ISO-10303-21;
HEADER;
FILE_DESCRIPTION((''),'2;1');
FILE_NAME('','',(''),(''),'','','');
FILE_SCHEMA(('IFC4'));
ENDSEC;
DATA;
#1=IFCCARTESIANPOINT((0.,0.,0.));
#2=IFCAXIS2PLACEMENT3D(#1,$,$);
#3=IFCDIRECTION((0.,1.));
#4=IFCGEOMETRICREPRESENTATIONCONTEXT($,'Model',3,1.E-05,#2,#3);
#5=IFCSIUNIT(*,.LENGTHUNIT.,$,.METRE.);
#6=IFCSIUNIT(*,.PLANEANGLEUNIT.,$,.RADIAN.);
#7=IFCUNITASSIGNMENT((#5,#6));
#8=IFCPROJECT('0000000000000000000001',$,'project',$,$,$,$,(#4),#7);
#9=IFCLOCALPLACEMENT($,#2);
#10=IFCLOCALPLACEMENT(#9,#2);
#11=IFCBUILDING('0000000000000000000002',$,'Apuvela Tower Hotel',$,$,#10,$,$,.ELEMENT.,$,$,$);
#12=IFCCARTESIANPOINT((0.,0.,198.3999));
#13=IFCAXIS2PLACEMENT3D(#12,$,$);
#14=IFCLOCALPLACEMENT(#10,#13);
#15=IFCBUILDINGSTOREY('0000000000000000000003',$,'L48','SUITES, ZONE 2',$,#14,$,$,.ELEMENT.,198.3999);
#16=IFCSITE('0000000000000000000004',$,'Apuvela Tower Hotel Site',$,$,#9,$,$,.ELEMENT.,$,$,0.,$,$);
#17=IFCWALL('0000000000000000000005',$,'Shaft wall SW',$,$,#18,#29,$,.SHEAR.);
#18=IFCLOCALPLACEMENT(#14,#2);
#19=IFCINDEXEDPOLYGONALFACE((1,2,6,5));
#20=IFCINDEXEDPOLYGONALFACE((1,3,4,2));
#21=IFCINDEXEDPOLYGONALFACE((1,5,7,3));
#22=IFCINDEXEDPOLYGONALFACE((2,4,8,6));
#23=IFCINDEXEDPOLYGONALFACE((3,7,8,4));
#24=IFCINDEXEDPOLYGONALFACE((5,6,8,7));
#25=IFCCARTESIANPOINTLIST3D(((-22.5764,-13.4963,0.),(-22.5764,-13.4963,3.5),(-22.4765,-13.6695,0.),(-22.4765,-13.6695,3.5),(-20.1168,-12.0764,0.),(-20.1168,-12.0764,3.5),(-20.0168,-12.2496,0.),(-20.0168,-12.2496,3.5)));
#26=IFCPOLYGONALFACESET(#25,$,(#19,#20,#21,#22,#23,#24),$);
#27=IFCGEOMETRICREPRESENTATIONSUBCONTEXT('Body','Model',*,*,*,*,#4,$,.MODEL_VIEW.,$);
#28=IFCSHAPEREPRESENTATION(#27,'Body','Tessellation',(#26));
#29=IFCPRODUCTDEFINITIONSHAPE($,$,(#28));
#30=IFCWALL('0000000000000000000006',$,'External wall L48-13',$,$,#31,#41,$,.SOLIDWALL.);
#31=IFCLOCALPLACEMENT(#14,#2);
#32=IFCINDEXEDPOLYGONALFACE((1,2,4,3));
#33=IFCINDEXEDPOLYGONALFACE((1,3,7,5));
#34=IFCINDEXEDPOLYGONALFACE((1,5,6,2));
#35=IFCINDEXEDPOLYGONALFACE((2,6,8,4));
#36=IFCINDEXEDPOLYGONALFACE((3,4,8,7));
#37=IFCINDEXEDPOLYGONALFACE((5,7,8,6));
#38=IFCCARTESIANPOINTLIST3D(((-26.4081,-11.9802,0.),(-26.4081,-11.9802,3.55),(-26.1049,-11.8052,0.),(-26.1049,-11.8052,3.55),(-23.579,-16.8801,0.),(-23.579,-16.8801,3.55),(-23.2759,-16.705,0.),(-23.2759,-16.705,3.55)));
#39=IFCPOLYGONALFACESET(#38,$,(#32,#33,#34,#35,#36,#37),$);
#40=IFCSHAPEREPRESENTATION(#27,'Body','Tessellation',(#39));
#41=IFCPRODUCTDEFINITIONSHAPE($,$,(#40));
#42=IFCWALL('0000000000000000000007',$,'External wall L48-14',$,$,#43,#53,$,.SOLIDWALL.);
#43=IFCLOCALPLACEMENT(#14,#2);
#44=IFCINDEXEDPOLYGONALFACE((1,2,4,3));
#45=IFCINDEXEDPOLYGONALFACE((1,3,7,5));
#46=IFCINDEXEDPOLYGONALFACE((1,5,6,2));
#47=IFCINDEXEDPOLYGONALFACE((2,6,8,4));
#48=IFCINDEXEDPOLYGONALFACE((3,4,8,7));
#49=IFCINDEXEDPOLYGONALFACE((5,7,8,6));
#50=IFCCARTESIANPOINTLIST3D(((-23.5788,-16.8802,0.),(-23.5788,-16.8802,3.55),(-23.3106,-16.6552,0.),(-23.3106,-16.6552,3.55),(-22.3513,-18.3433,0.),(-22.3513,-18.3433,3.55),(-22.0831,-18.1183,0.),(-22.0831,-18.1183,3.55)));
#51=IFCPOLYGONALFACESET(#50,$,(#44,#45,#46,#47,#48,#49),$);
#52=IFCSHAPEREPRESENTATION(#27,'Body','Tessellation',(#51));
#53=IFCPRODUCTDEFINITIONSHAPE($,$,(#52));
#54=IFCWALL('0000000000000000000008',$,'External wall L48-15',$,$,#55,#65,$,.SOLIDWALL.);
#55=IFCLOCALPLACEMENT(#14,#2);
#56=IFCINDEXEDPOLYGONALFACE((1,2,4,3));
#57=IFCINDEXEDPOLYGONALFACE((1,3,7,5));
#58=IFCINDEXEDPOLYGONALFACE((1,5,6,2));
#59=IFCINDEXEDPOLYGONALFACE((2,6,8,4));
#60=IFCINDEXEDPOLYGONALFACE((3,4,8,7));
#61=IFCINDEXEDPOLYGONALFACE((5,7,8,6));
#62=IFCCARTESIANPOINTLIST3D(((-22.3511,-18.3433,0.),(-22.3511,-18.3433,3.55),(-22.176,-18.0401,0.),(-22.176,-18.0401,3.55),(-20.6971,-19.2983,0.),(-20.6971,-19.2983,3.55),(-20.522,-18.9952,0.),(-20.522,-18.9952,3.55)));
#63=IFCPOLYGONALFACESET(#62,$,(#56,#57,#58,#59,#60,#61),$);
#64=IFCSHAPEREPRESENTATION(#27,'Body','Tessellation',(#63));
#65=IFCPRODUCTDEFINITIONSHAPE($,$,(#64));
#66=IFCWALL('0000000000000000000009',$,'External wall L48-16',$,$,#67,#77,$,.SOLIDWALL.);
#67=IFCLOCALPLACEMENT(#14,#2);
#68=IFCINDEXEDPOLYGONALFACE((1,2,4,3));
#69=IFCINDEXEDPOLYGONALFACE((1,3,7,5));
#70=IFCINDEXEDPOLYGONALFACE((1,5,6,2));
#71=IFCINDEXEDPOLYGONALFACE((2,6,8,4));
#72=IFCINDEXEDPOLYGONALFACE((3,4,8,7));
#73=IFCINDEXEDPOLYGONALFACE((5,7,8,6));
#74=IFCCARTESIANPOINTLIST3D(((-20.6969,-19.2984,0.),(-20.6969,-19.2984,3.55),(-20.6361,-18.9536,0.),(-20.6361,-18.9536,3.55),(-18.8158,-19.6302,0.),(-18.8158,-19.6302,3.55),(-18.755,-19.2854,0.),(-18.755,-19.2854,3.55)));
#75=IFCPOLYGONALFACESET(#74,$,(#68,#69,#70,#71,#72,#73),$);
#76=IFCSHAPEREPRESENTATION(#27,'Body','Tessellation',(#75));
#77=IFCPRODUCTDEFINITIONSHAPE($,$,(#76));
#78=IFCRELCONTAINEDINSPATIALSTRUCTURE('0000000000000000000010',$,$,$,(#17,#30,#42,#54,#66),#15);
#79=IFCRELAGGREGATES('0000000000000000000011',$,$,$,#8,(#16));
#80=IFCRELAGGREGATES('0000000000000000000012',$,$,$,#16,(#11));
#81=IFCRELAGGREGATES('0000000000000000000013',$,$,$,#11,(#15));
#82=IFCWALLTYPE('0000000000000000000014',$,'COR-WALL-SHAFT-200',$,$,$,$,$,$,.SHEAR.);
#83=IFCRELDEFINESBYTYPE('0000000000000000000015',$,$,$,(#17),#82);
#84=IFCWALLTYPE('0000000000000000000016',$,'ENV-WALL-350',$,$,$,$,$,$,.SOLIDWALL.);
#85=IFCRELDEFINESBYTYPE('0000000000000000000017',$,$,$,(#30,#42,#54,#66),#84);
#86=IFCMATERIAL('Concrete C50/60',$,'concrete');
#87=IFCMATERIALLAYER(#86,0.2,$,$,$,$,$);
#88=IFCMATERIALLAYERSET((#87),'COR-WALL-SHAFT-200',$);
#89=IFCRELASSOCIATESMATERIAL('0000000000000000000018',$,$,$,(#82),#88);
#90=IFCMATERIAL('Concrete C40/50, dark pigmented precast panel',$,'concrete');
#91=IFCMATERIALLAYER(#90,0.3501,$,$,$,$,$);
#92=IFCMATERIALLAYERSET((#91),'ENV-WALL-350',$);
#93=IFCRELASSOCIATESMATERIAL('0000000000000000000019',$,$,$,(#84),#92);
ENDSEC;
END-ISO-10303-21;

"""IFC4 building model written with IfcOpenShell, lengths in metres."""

from ifc_helpers import new_model, si_unit, direction, frame, frame_2d, origin, place, context, subcontext, project, spatial, rectangle, extrude, material, layer, layer_set, type_object, element, save


model = new_model("IFC4")

# Units and contexts
model_context = context("Model", 3, precision=1e-05, world=origin(), true_north=direction((0.0, 1.0)))
body_context = subcontext(model_context, "Body", "Model", "MODEL_VIEW")
ifc_project = project(units=[si_unit("LENGTHUNIT", "METRE"), si_unit("PLANEANGLEUNIT", "RADIAN")], contexts=[model_context])

# Site, building, storey
site_placement = place(None, origin())
site = spatial("IfcSite", under=ifc_project, at=site_placement, Name="Apuvela Tower Hotel Site", CompositionType="ELEMENT", RefElevation=0.0)
building_placement = place(site_placement, origin())
building = spatial("IfcBuilding", under=site, at=building_placement, Name="Apuvela Tower Hotel", CompositionType="ELEMENT")
storey_placement = place(building_placement, frame((0.0, 0.0, 198.3999)))
storey = spatial("IfcBuildingStorey", under=building, at=storey_placement, Name="L48", Description="SUITES, ZONE 2", CompositionType="ELEMENT", Elevation=198.3999)

# Shared definitions
ifc_material_1 = material(Name="Concrete C50/60", Category="concrete")
ifc_layer_1 = layer(ifc_material_1, 0.2)
ifc_layer_set_1 = layer_set([ifc_layer_1], Name="COR-WALL-SHAFT-200")
wall_type_1 = type_object("IfcWallType", Name="COR-WALL-SHAFT-200", PredefinedType="SHEAR", material=ifc_layer_set_1)

# Walls
wall_1_placement = place(storey_placement, frame((-20.0669, -12.1631, 0.0), z_axis=(0.0, 0.0, 1.0), x_axis=(-0.866055, -0.499948, 0.0)))
element("IfcWall", 1, at=wall_1_placement, inside=storey, type_object=wall_type_1, Name="Shaft wall SW", PredefinedType="SHEAR", context=body_context, shape_type="SweptSolid", body=[
    extrude(rectangle(XDim=2.8401, YDim=0.2, at=frame_2d((1.4199, 0.0))), origin(), (0.0, 0.0, 1.0), 3.5),
])
ifc_material_2 = material(Name="Concrete C40/50, dark pigmented precast panel", Category="concrete")
ifc_layer_2 = layer(ifc_material_2, 0.3501)
ifc_layer_set_2 = layer_set([ifc_layer_2], Name="ENV-WALL-350")
wall_type_2 = type_object("IfcWallType", Name="ENV-WALL-350", PredefinedType="SOLIDWALL", material=ifc_layer_set_2)
wall_2_placement = place(storey_placement, frame((-26.2566, -11.8926, 0.0), z_axis=(0.0, 0.0, 1.0), x_axis=(0.500019, -0.866015, 0.0)))
element("IfcWall", 2, at=wall_2_placement, inside=storey, type_object=wall_type_2, Name="External wall L48-13", PredefinedType="SOLIDWALL", context=body_context, shape_type="SweptSolid", body=[
    extrude(rectangle(XDim=5.658, YDim=0.3501, at=frame_2d((2.8291, 0.0))), origin(), (0.0, 0.0, 1.0), 3.55),
])
for number, where, z_axis, x_axis, name in (
    (3, (-23.4448, -16.7676, 0.0), (0.0, 0.0, 1.0), (0.642733, -0.76609, 0.0), "External wall L48-14"),
    (4, (-22.2637, -18.1917, 0.0), (0.0, 0.0, 1.0), (0.866, -0.500043, 0.0), "External wall L48-15"),
):
    element("IfcWall", number, at=place(storey_placement, frame(where, z_axis=z_axis, x_axis=x_axis)), inside=storey, type_object=wall_type_2, Name=name, PredefinedType="SOLIDWALL", context=body_context, shape_type="SweptSolid", body=[
        extrude(rectangle(XDim=1.9099, YDim=0.3501, at=frame_2d((0.9551, 0.0))), origin(), (0.0, 0.0, 1.0), 3.55),
    ])
wall_3_placement = place(storey_placement, frame((-20.6665, -19.126, 0.0), z_axis=(0.0, 0.0, 1.0), x_axis=(0.984799, -0.173698, 0.0)))
element("IfcWall", 5, at=wall_3_placement, inside=storey, type_object=wall_type_2, Name="External wall L48-16", PredefinedType="SOLIDWALL", context=body_context, shape_type="SweptSolid", body=[
    extrude(rectangle(XDim=1.9102, YDim=0.3501, at=frame_2d((0.9551, 0.0))), origin(), (0.0, 0.0, 1.0), 3.55),
])

save(model, "model.ifc")
